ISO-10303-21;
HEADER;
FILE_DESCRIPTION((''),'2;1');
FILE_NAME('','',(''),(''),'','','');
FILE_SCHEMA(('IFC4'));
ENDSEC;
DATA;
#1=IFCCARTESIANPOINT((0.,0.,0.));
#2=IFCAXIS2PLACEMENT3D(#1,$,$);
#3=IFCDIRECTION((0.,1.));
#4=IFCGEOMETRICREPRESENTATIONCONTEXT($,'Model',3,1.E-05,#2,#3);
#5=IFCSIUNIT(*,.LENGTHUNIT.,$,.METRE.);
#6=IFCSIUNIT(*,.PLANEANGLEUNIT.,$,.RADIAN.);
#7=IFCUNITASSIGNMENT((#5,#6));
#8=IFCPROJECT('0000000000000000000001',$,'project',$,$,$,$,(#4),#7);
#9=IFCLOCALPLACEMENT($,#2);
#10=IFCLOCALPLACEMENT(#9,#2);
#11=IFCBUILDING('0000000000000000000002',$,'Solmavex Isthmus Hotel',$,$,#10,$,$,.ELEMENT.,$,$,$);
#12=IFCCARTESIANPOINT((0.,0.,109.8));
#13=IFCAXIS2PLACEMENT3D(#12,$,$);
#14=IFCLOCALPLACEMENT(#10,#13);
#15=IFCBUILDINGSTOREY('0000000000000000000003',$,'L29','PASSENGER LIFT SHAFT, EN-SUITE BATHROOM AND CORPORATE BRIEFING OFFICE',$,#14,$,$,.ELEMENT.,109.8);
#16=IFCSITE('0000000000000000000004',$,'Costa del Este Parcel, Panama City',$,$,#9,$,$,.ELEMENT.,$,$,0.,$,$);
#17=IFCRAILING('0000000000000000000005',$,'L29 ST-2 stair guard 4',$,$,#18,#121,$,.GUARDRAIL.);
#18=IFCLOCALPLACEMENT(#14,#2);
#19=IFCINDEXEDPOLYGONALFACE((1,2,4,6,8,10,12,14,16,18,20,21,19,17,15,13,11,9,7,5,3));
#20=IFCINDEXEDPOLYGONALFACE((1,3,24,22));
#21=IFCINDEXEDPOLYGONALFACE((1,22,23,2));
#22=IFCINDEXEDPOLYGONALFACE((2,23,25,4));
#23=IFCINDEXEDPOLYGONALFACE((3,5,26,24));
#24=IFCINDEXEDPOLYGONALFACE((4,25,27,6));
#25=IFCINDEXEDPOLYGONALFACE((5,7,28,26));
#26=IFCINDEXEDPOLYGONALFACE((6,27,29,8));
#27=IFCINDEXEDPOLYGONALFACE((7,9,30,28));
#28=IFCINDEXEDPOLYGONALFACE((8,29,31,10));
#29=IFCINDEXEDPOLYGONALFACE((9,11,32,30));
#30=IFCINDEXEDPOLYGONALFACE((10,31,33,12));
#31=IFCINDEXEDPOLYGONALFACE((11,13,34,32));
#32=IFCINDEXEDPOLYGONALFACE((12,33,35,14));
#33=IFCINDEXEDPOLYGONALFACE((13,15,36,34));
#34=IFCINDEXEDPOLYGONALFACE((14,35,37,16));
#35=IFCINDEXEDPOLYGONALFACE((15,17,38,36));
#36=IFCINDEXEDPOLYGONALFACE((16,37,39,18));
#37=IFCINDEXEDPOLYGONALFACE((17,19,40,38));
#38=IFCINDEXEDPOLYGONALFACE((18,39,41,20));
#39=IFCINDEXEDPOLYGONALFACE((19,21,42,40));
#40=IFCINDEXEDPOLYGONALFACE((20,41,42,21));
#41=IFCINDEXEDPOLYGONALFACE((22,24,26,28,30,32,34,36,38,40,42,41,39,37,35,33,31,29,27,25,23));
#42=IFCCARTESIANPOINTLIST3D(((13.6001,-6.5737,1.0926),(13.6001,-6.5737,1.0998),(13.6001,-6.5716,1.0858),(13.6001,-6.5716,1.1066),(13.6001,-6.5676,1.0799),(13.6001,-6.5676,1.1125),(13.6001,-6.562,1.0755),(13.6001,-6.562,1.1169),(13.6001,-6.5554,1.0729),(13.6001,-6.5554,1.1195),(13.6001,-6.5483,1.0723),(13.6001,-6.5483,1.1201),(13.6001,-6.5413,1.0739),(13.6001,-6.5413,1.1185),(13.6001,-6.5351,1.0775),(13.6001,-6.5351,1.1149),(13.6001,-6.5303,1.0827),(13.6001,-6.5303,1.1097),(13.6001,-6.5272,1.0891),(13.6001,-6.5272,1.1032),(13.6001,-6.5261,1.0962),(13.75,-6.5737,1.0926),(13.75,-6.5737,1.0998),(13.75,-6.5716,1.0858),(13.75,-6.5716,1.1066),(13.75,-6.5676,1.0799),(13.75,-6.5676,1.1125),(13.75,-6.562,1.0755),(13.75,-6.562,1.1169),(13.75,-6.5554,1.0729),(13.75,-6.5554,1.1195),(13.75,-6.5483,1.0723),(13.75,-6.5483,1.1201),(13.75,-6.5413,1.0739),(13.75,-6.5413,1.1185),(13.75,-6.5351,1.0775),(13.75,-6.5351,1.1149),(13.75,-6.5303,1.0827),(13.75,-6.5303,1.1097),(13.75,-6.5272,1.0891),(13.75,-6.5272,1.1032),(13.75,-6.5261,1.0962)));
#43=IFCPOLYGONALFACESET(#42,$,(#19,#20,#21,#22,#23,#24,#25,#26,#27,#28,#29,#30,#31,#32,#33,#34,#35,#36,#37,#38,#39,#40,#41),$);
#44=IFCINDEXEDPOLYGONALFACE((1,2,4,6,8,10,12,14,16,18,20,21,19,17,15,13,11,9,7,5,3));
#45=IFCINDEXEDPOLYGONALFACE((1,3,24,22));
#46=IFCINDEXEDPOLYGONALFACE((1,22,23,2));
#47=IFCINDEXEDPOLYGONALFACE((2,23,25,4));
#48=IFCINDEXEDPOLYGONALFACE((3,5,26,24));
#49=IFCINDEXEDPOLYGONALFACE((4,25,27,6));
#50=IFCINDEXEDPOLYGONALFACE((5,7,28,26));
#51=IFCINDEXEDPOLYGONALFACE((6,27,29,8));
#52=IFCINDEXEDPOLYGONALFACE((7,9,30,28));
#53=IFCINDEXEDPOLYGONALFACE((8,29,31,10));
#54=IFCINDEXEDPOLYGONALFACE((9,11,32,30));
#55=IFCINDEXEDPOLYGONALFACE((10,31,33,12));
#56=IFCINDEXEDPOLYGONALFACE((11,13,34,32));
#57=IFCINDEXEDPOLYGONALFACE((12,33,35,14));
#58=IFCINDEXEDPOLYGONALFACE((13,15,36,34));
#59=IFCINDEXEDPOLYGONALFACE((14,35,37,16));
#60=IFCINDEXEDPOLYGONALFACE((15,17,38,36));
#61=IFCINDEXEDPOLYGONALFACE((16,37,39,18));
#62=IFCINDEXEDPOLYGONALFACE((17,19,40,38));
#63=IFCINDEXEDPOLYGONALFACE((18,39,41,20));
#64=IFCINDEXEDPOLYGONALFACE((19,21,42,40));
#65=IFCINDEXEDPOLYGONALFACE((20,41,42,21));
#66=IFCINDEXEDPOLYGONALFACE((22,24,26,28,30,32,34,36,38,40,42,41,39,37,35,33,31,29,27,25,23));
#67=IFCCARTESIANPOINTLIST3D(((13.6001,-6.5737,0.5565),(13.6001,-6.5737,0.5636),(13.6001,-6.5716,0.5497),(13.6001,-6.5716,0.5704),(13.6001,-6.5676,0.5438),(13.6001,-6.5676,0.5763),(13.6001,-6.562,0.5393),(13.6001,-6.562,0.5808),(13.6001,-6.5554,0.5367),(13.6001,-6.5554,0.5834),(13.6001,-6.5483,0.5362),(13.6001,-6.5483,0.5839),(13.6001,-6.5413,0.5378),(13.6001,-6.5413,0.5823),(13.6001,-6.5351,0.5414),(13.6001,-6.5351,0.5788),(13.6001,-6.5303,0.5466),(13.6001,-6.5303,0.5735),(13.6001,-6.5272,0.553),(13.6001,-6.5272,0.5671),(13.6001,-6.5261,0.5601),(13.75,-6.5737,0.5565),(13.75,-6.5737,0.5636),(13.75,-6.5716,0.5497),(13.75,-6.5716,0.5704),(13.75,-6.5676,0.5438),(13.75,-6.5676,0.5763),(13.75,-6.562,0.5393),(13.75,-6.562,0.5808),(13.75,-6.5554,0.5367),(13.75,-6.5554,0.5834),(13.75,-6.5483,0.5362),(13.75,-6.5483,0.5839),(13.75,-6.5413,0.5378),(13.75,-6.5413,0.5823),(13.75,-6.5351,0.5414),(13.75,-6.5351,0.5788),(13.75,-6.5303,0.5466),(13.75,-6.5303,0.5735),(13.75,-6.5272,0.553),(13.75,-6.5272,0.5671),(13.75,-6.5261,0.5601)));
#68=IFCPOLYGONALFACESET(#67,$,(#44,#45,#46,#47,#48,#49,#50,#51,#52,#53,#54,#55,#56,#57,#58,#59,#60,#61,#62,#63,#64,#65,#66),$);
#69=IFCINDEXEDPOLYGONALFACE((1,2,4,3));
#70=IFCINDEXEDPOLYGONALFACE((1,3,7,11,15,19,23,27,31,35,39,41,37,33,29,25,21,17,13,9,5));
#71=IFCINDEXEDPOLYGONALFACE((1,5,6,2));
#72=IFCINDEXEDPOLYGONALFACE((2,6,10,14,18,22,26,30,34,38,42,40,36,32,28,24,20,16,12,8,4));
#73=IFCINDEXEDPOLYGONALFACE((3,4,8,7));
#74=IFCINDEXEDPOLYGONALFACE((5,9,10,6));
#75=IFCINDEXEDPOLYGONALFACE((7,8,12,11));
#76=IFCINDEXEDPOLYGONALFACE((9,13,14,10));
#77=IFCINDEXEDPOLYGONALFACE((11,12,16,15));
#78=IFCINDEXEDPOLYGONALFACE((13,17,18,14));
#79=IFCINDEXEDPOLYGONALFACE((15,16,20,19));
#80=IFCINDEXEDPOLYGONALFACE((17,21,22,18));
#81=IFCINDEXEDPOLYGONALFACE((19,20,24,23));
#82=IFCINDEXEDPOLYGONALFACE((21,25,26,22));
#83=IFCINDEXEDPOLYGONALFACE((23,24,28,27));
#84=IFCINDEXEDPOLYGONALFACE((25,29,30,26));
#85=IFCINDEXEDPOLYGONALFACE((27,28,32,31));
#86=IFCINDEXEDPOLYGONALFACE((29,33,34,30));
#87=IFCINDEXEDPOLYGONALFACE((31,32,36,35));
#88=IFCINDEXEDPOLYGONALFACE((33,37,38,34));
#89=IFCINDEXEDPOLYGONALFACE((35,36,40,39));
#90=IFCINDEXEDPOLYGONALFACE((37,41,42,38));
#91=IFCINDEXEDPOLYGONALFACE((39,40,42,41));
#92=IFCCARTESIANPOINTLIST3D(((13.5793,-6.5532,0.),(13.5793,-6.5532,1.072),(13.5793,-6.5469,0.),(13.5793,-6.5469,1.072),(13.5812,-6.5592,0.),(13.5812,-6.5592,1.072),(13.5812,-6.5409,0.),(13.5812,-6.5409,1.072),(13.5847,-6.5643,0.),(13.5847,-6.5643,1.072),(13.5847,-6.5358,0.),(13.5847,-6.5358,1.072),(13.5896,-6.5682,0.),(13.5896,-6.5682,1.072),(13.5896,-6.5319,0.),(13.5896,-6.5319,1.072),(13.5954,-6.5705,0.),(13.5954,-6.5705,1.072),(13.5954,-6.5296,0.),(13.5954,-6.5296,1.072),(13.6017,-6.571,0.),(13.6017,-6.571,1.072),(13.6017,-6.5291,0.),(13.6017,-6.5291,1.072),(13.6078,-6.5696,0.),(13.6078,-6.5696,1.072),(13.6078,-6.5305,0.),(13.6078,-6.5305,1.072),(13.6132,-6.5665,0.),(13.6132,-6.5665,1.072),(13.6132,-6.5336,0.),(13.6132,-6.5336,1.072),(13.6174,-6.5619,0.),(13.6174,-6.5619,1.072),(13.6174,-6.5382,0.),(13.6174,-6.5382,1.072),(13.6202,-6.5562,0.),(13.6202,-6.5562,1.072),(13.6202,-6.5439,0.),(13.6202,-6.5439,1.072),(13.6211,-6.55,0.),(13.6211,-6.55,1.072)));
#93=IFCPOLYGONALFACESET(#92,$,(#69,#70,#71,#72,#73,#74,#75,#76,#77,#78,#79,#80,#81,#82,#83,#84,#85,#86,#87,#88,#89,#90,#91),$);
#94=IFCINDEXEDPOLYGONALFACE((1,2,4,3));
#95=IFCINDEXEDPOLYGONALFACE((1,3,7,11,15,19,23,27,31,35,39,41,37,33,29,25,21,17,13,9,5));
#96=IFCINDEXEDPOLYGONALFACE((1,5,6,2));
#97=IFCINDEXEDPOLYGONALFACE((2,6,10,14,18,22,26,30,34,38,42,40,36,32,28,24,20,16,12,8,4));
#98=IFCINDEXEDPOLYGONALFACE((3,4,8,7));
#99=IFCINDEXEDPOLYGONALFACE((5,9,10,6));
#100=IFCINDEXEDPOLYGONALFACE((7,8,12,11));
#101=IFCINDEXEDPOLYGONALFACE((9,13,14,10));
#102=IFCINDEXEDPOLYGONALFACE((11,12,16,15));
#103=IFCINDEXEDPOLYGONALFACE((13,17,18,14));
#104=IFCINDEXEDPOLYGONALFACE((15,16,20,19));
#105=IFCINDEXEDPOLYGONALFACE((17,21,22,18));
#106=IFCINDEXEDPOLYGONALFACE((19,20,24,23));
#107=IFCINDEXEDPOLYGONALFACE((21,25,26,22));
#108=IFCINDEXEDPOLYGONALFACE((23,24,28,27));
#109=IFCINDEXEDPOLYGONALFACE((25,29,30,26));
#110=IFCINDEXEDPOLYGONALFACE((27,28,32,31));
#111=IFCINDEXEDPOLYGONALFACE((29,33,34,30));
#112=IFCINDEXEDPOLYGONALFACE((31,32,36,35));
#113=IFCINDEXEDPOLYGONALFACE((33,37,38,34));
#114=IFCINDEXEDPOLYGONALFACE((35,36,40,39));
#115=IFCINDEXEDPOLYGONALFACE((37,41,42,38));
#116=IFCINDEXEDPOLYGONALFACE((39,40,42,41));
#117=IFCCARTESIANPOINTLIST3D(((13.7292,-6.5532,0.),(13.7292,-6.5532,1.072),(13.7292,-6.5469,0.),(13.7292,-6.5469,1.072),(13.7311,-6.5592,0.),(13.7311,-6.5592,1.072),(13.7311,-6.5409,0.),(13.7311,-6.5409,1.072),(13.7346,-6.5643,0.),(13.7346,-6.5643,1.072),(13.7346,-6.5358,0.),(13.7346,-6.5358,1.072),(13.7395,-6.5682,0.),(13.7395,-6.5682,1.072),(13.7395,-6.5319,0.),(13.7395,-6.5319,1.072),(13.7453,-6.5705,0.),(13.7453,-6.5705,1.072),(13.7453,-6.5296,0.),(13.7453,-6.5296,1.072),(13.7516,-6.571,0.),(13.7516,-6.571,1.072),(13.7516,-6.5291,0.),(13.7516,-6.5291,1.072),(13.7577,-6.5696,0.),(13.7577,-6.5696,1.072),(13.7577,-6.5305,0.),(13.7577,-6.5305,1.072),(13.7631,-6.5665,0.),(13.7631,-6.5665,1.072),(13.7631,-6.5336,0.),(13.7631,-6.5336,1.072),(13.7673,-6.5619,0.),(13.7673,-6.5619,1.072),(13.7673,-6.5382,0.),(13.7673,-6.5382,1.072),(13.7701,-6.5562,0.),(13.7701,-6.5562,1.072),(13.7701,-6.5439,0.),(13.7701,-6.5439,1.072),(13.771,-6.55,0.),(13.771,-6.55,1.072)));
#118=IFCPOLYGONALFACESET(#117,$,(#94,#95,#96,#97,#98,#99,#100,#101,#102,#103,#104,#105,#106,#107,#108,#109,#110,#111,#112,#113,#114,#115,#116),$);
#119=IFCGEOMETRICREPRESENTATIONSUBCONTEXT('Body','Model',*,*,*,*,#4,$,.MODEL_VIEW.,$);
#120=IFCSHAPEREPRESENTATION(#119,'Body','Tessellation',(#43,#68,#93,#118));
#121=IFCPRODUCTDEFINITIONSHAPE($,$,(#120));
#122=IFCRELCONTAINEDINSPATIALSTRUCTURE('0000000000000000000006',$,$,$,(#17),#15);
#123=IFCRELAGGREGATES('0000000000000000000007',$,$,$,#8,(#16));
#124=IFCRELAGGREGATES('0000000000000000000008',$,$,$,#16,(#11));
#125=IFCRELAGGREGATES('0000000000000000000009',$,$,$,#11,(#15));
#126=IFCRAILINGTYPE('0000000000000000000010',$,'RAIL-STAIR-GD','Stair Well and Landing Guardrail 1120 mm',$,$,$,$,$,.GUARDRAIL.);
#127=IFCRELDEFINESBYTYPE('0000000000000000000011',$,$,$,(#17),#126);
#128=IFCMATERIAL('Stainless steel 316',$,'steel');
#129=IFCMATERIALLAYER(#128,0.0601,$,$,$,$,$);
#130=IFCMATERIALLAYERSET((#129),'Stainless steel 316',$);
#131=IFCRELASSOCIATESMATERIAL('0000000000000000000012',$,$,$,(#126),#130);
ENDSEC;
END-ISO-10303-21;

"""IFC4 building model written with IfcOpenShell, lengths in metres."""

from ifc_helpers import new_model, si_unit, direction, frame, origin, origin_2d, place, context, subcontext, project, spatial, circle, extrude, material, layer, layer_set, type_object, element, save


model = new_model("IFC4")

# Units and contexts
model_context = context("Model", 3, precision=1e-05, world=origin(), true_north=direction((0.0, 1.0)))
body_context = subcontext(model_context, "Body", "Model", "MODEL_VIEW")
ifc_project = project(units=[si_unit("LENGTHUNIT", "METRE"), si_unit("PLANEANGLEUNIT", "RADIAN")], contexts=[model_context])

# Site, building, storey
site_placement = place(None, origin())
site = spatial("IfcSite", under=ifc_project, at=site_placement, Name="Costa del Este Parcel, Panama City", CompositionType="ELEMENT", RefElevation=0.0)
building_placement = place(site_placement, origin())
building = spatial("IfcBuilding", under=site, at=building_placement, Name="Solmavex Isthmus Hotel", CompositionType="ELEMENT")
storey_placement = place(building_placement, frame((0.0, 0.0, 109.8)))
storey = spatial("IfcBuildingStorey", under=building, at=storey_placement, Name="L29", Description="PASSENGER LIFT SHAFT, EN-SUITE BATHROOM AND CORPORATE BRIEFING OFFICE", CompositionType="ELEMENT", Elevation=109.8)

# Shared definitions
ifc_material_1 = material(Name="Stainless steel 316", Category="steel")

# Railing
ifc_layer_1 = layer(ifc_material_1, 0.0601)
ifc_layer_set_1 = layer_set([ifc_layer_1], Name="Stainless steel 316")
railing_type_1 = type_object("IfcRailingType", Name="RAIL-STAIR-GD", Description="Stair Well and Landing Guardrail 1120 mm", PredefinedType="GUARDRAIL", material=ifc_layer_set_1)
railing_1_placement = place(storey_placement, frame((13.6001, -6.55, 0.0)))
element("IfcRailing", 1, at=railing_1_placement, inside=storey, type_object=railing_type_1, Name="L29 ST-2 stair guard 4", PredefinedType="GUARDRAIL", context=body_context, shape_type="SweptSolid", body=[
    extrude(circle(Radius=0.0239, at=origin_2d()), frame((0.0, 0.0, 1.0962), z_axis=(1.0, 0.0, 0.0), x_axis=(0.0, 1.0, 0.0)), (0.0, 0.0, 1.0), 0.1499),
    extrude(circle(Radius=0.0239, at=origin_2d()), frame((0.0, 0.0, 0.5601), z_axis=(1.0, 0.0, 0.0), x_axis=(0.0, 1.0, 0.0)), (0.0, 0.0, 1.0), 0.1499),
    extrude(circle(Radius=0.021, at=origin_2d()), origin(), (0.0, 0.0, 1.0), 1.072),
    extrude(circle(Radius=0.021, at=origin_2d()), frame((0.1499, 0.0, 0.0)), (0.0, 0.0, 1.0), 1.072),
])

save(model, "model.ifc")
